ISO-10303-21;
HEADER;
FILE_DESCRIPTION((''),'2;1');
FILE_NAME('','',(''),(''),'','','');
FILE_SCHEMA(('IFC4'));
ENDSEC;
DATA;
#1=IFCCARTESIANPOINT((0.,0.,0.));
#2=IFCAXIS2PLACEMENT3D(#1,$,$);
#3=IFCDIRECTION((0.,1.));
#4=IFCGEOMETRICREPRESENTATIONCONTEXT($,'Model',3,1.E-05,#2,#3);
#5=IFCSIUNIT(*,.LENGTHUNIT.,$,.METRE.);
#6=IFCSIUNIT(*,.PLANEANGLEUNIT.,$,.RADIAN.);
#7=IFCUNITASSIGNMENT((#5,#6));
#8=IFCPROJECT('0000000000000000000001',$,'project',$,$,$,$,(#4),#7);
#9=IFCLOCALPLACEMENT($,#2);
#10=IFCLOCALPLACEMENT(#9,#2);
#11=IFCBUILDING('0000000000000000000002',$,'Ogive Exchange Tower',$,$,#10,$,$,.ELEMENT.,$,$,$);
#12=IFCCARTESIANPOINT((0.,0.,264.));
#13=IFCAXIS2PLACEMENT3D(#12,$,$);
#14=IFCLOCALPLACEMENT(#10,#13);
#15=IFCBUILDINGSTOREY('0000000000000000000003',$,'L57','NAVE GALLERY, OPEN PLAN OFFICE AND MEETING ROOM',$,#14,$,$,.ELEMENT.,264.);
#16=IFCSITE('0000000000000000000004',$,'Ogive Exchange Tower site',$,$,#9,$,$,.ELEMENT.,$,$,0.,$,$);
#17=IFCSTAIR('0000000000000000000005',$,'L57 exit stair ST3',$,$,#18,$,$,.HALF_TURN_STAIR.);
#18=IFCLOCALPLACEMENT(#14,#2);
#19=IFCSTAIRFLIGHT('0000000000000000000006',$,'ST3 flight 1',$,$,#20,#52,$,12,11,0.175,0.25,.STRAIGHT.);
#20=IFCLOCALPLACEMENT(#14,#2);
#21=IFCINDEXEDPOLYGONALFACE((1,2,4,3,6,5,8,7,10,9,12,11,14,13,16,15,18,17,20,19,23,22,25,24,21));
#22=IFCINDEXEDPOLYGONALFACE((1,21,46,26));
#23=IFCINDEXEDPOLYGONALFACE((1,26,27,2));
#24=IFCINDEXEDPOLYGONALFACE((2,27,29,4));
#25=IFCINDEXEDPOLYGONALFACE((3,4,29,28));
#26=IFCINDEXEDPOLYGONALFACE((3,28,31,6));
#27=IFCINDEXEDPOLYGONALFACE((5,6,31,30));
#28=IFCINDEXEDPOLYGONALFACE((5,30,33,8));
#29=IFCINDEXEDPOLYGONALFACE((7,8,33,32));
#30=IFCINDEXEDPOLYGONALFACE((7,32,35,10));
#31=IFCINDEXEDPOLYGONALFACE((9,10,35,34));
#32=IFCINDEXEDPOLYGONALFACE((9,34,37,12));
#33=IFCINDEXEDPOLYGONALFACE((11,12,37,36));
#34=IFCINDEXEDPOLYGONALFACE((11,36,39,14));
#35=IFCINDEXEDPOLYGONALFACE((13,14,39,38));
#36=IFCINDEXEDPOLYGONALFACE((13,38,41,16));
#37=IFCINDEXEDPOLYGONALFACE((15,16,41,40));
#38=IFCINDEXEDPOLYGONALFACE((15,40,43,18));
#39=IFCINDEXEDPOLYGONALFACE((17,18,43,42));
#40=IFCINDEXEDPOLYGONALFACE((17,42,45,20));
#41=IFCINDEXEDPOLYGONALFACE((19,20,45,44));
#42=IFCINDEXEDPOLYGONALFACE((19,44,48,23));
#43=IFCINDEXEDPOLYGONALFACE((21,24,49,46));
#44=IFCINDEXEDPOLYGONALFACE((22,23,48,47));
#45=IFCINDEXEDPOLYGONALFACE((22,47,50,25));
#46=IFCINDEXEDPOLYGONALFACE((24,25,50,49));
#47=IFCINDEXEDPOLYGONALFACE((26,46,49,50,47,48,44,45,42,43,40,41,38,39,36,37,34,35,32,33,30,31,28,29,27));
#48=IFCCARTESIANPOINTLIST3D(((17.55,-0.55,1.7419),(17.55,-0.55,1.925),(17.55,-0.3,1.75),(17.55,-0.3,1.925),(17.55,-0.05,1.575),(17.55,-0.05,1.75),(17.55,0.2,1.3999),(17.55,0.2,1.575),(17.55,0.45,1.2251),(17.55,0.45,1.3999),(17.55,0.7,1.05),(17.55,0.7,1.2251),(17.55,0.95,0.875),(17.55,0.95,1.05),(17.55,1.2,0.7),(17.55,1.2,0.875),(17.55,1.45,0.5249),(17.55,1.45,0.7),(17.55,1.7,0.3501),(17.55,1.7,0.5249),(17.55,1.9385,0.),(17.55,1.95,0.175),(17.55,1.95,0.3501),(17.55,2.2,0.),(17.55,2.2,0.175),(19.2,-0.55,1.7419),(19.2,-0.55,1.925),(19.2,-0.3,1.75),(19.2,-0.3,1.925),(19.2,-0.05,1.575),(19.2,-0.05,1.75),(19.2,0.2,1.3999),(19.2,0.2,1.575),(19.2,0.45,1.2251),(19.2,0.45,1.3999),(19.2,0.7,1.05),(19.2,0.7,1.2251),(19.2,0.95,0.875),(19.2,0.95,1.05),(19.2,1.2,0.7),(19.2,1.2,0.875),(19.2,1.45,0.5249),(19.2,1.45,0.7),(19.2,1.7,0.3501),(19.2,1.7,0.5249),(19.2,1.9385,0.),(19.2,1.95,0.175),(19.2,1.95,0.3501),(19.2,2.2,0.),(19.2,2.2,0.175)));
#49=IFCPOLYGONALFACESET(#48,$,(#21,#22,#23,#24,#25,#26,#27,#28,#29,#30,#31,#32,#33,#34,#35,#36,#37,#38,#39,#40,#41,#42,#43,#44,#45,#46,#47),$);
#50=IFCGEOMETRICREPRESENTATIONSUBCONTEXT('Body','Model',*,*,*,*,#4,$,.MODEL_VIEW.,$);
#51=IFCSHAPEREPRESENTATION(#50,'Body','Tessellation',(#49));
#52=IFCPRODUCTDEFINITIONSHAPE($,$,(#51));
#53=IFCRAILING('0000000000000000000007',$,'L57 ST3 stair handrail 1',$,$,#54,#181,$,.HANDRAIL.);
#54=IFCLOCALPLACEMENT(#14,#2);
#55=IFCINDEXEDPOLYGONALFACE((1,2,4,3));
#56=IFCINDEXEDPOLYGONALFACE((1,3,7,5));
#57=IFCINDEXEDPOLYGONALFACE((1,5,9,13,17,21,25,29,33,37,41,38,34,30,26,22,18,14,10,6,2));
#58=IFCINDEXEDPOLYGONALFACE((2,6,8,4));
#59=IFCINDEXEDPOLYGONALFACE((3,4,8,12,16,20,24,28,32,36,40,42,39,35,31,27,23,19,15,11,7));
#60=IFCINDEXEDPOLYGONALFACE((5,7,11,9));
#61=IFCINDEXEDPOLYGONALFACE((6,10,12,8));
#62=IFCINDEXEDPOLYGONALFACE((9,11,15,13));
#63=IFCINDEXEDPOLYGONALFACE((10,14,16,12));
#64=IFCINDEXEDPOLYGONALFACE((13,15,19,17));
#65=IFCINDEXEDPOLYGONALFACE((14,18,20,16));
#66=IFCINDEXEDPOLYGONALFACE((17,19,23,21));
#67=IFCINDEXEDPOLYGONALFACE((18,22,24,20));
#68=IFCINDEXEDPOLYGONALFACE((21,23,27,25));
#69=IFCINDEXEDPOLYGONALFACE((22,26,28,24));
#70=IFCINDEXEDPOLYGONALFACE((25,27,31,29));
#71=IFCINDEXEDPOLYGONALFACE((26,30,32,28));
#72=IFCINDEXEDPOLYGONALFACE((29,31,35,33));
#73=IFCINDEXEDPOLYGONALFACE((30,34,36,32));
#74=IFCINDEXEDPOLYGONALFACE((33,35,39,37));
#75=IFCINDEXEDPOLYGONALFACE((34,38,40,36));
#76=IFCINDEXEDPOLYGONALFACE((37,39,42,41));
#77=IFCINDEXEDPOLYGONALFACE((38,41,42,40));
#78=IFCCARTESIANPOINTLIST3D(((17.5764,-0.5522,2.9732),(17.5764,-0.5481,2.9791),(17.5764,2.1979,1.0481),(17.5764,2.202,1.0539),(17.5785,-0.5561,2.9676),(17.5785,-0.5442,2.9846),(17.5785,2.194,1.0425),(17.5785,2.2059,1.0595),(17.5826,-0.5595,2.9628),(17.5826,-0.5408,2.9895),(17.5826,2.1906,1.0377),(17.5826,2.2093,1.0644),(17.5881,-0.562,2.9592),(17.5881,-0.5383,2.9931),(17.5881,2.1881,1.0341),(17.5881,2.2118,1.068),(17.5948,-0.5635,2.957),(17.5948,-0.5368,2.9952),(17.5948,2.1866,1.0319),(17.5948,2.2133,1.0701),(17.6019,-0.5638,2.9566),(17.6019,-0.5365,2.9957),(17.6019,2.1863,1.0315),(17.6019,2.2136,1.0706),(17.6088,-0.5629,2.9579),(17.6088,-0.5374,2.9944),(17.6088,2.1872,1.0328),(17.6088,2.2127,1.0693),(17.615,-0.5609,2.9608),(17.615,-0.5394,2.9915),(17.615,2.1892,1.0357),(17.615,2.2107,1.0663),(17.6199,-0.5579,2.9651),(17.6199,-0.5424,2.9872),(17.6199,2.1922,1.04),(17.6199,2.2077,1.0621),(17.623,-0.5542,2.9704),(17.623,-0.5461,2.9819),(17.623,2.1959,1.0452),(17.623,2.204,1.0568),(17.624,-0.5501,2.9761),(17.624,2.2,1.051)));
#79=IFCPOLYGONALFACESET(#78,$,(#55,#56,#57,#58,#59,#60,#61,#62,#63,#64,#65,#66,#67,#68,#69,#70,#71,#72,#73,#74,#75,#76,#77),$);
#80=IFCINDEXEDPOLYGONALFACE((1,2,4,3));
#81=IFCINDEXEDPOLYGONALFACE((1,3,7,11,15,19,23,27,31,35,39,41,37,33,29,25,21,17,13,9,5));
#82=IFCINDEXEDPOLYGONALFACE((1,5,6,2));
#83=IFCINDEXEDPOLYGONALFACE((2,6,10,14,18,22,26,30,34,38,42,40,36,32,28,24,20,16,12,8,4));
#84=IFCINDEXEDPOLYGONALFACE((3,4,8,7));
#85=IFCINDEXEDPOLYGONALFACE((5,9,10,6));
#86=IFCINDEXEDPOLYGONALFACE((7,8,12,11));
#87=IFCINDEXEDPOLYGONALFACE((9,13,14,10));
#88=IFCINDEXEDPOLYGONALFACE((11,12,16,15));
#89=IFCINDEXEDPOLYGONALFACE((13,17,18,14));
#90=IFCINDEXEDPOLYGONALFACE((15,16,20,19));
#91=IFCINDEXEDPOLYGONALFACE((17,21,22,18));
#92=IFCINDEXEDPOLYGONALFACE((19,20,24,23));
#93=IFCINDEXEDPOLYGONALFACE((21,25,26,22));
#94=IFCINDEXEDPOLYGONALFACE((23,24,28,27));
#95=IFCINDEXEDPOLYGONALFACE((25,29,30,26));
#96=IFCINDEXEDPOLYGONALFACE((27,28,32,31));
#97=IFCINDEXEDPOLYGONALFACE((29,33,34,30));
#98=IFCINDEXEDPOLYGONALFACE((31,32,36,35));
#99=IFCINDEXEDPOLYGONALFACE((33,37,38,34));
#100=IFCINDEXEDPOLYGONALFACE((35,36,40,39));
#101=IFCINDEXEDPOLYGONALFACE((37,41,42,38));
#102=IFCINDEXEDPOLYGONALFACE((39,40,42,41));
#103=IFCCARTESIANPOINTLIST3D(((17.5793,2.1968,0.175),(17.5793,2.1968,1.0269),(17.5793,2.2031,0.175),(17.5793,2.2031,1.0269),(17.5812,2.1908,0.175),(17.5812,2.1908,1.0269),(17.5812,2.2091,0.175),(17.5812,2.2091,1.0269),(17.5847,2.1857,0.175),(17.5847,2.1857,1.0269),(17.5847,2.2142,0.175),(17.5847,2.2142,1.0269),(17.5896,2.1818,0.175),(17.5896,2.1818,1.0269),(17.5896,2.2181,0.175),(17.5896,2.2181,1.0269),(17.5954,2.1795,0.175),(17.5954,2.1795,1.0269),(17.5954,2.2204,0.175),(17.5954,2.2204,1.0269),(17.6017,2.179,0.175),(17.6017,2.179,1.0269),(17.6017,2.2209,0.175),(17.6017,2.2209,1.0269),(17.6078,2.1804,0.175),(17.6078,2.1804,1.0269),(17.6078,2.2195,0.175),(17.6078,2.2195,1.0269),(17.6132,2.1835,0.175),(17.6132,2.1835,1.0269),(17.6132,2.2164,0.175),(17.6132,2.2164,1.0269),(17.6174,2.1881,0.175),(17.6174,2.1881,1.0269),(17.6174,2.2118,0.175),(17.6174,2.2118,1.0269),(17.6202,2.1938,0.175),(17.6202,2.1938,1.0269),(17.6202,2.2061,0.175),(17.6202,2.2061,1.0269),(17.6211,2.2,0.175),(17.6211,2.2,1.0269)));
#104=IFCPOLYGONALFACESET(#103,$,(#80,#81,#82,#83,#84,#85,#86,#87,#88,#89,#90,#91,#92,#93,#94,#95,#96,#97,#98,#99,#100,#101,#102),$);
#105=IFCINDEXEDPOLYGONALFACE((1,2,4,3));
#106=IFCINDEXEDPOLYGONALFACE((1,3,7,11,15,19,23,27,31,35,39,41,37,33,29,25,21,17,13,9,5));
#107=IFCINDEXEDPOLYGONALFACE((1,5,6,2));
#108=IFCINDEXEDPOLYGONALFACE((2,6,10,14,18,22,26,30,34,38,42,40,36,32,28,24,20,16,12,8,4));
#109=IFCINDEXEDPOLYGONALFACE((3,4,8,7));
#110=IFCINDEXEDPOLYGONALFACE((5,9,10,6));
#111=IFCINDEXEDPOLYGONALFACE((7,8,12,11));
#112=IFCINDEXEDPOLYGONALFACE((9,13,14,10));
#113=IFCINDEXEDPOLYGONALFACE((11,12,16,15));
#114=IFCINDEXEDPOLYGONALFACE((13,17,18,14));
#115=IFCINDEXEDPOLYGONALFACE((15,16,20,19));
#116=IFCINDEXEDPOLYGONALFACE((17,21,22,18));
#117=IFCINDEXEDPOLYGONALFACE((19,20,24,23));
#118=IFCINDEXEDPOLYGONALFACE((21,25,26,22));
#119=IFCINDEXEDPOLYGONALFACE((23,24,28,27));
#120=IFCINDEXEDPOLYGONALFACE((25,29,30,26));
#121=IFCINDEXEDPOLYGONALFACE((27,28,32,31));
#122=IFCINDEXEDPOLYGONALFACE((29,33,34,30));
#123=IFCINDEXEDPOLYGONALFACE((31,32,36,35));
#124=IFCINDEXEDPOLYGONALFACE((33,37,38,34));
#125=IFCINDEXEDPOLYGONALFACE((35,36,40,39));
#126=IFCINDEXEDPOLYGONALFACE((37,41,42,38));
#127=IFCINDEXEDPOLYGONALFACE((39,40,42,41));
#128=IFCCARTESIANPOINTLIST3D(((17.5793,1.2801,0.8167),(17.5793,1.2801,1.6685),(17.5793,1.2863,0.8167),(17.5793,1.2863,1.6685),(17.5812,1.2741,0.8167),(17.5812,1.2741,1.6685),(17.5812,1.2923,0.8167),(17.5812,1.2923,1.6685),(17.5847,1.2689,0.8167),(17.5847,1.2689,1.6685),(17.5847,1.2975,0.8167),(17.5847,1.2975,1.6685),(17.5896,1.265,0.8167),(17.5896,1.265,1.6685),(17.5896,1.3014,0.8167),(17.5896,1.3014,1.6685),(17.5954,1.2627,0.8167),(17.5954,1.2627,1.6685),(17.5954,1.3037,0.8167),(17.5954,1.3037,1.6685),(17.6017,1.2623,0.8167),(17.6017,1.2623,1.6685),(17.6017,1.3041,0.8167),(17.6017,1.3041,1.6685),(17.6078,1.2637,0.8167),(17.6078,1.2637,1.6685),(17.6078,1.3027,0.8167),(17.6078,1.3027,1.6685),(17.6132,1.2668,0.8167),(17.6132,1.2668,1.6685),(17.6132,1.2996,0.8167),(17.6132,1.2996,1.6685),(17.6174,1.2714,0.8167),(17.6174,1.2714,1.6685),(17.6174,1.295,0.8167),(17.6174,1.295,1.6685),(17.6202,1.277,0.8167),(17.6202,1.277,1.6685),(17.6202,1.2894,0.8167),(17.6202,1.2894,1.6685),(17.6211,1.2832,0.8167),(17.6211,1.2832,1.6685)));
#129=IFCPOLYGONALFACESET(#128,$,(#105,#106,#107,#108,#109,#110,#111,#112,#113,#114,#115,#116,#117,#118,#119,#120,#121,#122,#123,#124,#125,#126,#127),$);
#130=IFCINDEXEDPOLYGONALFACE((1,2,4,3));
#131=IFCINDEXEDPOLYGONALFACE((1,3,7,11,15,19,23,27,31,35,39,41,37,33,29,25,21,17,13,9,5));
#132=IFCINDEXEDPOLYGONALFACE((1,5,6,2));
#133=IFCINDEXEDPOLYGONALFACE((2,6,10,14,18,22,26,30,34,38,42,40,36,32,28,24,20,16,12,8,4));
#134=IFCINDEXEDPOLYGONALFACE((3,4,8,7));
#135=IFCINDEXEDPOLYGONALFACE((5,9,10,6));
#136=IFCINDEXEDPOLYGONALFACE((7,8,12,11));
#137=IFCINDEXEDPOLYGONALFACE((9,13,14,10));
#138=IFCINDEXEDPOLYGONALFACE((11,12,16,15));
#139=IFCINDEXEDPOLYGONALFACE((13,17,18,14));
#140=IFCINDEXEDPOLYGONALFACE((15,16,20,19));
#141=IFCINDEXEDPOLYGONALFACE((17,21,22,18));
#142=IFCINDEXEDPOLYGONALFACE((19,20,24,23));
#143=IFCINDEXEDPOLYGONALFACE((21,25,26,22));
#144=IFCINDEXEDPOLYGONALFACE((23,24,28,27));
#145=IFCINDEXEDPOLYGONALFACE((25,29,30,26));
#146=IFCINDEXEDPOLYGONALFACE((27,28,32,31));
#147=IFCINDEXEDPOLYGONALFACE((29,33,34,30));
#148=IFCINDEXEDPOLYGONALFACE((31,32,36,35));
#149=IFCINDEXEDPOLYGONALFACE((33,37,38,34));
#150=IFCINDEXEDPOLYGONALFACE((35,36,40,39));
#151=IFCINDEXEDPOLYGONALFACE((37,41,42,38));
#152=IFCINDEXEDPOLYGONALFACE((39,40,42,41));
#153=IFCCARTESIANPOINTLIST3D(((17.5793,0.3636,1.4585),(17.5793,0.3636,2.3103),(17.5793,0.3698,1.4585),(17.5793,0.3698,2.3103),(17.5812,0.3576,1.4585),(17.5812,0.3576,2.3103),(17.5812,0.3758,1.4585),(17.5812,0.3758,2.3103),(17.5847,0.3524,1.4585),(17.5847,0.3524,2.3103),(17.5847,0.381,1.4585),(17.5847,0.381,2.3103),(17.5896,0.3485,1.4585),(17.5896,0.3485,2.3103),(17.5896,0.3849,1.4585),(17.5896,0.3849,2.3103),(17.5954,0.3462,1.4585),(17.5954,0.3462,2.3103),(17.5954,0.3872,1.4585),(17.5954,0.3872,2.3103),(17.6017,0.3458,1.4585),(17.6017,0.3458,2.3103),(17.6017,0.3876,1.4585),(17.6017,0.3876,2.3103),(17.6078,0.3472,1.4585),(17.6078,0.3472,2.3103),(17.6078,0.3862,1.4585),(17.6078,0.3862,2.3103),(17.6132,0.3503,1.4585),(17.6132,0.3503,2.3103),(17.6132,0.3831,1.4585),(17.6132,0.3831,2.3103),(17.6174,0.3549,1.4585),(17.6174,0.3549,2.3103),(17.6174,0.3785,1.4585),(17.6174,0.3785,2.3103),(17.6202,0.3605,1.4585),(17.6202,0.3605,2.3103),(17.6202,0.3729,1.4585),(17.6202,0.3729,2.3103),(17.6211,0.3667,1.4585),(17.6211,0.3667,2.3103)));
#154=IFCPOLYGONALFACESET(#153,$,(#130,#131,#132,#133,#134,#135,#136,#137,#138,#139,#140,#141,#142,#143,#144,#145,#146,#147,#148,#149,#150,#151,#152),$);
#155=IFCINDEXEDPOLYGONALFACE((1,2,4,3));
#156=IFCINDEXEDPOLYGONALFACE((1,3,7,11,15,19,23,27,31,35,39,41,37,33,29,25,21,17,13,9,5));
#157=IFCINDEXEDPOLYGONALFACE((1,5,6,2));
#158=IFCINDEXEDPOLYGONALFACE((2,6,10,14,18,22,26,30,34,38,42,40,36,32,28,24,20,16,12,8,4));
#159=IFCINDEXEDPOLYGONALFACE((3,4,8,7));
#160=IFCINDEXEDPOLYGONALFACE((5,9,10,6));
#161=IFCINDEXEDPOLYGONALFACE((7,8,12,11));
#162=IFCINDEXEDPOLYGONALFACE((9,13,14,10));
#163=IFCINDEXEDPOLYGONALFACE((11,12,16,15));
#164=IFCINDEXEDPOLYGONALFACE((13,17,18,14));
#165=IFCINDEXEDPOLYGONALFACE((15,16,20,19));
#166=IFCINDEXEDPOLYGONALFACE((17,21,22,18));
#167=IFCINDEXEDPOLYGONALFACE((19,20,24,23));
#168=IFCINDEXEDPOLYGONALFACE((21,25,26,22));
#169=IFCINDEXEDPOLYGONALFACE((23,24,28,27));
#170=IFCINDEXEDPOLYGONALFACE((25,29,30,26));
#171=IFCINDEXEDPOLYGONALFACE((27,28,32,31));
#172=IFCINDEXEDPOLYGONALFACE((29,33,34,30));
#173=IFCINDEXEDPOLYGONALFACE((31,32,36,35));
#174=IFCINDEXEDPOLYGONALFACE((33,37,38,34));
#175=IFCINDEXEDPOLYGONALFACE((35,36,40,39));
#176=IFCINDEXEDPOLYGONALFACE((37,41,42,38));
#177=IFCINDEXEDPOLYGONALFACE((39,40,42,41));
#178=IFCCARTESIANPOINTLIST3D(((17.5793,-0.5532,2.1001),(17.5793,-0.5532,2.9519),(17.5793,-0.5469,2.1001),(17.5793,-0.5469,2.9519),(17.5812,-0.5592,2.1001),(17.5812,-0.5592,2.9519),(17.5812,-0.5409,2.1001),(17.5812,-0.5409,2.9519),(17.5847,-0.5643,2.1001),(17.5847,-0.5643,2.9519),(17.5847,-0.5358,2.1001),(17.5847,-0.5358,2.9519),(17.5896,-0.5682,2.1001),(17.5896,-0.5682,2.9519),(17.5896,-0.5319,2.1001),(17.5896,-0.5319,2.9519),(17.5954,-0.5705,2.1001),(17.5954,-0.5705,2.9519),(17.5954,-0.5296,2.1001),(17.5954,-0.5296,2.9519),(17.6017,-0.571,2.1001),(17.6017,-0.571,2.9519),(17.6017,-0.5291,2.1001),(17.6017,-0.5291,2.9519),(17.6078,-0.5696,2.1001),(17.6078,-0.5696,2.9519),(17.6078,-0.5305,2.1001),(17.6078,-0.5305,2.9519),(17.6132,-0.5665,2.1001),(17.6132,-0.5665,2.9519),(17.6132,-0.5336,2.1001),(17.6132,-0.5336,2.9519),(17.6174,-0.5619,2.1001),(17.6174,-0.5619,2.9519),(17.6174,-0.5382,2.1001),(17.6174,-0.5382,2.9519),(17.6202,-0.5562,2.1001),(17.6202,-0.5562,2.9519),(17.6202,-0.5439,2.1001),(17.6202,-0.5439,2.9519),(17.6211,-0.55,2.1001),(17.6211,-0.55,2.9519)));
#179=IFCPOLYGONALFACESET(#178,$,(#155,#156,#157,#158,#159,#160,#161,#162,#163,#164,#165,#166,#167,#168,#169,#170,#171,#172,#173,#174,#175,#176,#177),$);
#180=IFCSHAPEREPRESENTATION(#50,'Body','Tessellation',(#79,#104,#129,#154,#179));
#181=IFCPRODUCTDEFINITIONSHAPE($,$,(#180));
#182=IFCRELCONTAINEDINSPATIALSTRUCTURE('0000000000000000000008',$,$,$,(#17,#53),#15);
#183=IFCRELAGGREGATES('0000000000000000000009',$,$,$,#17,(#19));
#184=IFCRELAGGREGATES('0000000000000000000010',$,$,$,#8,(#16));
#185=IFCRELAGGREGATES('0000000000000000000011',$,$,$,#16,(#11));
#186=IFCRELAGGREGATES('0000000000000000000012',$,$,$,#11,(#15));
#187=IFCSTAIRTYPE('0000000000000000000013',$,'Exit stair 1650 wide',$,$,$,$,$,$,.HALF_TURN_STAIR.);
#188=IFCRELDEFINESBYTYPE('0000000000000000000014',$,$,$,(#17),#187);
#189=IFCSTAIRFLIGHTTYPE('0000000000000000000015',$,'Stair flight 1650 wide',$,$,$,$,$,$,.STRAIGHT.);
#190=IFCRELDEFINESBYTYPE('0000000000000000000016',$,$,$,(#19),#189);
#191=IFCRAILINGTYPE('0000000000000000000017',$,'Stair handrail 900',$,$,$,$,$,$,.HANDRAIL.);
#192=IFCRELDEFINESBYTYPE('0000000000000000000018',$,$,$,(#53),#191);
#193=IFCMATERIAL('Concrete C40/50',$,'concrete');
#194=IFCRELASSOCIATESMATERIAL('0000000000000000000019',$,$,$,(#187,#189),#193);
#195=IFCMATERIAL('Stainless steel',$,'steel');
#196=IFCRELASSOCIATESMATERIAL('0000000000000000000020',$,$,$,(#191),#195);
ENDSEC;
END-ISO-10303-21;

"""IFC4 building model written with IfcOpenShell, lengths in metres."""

from ifc_helpers import new_model, si_unit, direction, frame, origin, origin_2d, place, context, subcontext, project, spatial, polyline, circle, outline, extrude, material, type_object, element, aggregate, save


model = new_model("IFC4")

# Units and contexts
model_context = context("Model", 3, precision=1e-05, world=origin(), true_north=direction((0.0, 1.0)))
body_context = subcontext(model_context, "Body", "Model", "MODEL_VIEW")
ifc_project = project(units=[si_unit("LENGTHUNIT", "METRE"), si_unit("PLANEANGLEUNIT", "RADIAN")], contexts=[model_context])

# Site, building, storey
site_placement = place(None, origin())
site = spatial("IfcSite", under=ifc_project, at=site_placement, Name="Ogive Exchange Tower site", CompositionType="ELEMENT", RefElevation=0.0)
building_placement = place(site_placement, origin())
building = spatial("IfcBuilding", under=site, at=building_placement, Name="Ogive Exchange Tower", CompositionType="ELEMENT")
storey_placement = place(building_placement, frame((0.0, 0.0, 264.0)))
storey = spatial("IfcBuildingStorey", under=building, at=storey_placement, Name="L57", Description="NAVE GALLERY, OPEN PLAN OFFICE AND MEETING ROOM", CompositionType="ELEMENT", Elevation=264.0)

# Shared definitions
ifc_material_1 = material(Name="Stainless steel", Category="steel")

# Stair, stair flight
ifc_material_2 = material(Name="Concrete C40/50", Category="concrete")
stair_type = type_object("IfcStairType", Name="Exit stair 1650 wide", PredefinedType="HALF_TURN_STAIR", material=ifc_material_2)
stair_placement = place(storey_placement, origin())
stair = element("IfcStair", 1, at=stair_placement, inside=storey, type_object=stair_type, Name="L57 exit stair ST3", PredefinedType="HALF_TURN_STAIR")
stair_flight_type = type_object("IfcStairFlightType", Name="Stair flight 1650 wide", PredefinedType="STRAIGHT", material=ifc_material_2)
stair_flight_placement = place(storey_placement, frame((18.375, 2.2, 0.0), z_axis=(0.0, 0.0, 1.0), x_axis=(0.0, -1.0, 0.0)))
stair_flight = element("IfcStairFlight", 2, at=stair_flight_placement, type_object=stair_flight_type, Name="ST3 flight 1", NumberOfRisers=12, NumberOfTreads=11, PredefinedType="STRAIGHT", RiserHeight=0.175, TreadLength=0.25, context=body_context, shape_type="SweptSolid", body=[
    extrude(outline(polyline([(0.0, 0.0), (0.0, 0.175), (0.25, 0.175), (0.25, 0.3501), (0.5, 0.3501), (0.5, 0.5249), (0.75, 0.5249), (0.75, 0.7), (1.0, 0.7), (1.0, 0.875), (1.25, 0.875), (1.25, 1.05), (1.5, 1.05), (1.5, 1.2251), (1.75, 1.2251), (1.75, 1.3999), (2.0, 1.3999), (2.0, 1.575), (2.25, 1.575), (2.25, 1.75), (2.5, 1.75), (2.5, 1.925), (2.75, 1.925), (2.75, 2.1001), (2.75, 1.7419), (0.2615, 0.0), (0.0, 0.0)])), frame((0.0, 0.825, 0.0), z_axis=(0.0, -1.0, 0.0), x_axis=(1.0, 0.0, 0.0)), (0.0, 0.0, 1.0), 1.6499),
])
aggregate(stair, [stair_flight])

# Railing
railing_type = type_object("IfcRailingType", Name="Stair handrail 900", PredefinedType="HANDRAIL", material=ifc_material_1)
railing_1_placement = place(storey_placement, frame((17.6001, 2.2, 0.175)))
element("IfcRailing", 3, at=railing_1_placement, inside=storey, type_object=railing_type, Name="L57 ST3 stair handrail 1", PredefinedType="HANDRAIL", context=body_context, shape_type="SweptSolid", body=[
    extrude(circle(Radius=0.0239, at=origin_2d()), frame((0.0, 0.0, 0.876), z_axis=(0.0, -0.819225, 0.573472), x_axis=(1.0, 0.0, 0.0)), (0.0, 0.0, 1.0), 3.3569),
    extrude(circle(Radius=0.021, at=origin_2d()), origin(), (0.0, 0.0, 1.0), 0.8518),
    extrude(circle(Radius=0.021, at=origin_2d()), frame((0.0, -0.9167, 0.6416)), (0.0, 0.0, 1.0), 0.8518),
    extrude(circle(Radius=0.021, at=origin_2d()), frame((0.0, -1.8333, 1.2834)), (0.0, 0.0, 1.0), 0.8518),
    extrude(circle(Radius=0.021, at=origin_2d()), frame((0.0, -2.75, 1.925)), (0.0, 0.0, 1.0), 0.8518),
])

save(model, "model.ifc")
